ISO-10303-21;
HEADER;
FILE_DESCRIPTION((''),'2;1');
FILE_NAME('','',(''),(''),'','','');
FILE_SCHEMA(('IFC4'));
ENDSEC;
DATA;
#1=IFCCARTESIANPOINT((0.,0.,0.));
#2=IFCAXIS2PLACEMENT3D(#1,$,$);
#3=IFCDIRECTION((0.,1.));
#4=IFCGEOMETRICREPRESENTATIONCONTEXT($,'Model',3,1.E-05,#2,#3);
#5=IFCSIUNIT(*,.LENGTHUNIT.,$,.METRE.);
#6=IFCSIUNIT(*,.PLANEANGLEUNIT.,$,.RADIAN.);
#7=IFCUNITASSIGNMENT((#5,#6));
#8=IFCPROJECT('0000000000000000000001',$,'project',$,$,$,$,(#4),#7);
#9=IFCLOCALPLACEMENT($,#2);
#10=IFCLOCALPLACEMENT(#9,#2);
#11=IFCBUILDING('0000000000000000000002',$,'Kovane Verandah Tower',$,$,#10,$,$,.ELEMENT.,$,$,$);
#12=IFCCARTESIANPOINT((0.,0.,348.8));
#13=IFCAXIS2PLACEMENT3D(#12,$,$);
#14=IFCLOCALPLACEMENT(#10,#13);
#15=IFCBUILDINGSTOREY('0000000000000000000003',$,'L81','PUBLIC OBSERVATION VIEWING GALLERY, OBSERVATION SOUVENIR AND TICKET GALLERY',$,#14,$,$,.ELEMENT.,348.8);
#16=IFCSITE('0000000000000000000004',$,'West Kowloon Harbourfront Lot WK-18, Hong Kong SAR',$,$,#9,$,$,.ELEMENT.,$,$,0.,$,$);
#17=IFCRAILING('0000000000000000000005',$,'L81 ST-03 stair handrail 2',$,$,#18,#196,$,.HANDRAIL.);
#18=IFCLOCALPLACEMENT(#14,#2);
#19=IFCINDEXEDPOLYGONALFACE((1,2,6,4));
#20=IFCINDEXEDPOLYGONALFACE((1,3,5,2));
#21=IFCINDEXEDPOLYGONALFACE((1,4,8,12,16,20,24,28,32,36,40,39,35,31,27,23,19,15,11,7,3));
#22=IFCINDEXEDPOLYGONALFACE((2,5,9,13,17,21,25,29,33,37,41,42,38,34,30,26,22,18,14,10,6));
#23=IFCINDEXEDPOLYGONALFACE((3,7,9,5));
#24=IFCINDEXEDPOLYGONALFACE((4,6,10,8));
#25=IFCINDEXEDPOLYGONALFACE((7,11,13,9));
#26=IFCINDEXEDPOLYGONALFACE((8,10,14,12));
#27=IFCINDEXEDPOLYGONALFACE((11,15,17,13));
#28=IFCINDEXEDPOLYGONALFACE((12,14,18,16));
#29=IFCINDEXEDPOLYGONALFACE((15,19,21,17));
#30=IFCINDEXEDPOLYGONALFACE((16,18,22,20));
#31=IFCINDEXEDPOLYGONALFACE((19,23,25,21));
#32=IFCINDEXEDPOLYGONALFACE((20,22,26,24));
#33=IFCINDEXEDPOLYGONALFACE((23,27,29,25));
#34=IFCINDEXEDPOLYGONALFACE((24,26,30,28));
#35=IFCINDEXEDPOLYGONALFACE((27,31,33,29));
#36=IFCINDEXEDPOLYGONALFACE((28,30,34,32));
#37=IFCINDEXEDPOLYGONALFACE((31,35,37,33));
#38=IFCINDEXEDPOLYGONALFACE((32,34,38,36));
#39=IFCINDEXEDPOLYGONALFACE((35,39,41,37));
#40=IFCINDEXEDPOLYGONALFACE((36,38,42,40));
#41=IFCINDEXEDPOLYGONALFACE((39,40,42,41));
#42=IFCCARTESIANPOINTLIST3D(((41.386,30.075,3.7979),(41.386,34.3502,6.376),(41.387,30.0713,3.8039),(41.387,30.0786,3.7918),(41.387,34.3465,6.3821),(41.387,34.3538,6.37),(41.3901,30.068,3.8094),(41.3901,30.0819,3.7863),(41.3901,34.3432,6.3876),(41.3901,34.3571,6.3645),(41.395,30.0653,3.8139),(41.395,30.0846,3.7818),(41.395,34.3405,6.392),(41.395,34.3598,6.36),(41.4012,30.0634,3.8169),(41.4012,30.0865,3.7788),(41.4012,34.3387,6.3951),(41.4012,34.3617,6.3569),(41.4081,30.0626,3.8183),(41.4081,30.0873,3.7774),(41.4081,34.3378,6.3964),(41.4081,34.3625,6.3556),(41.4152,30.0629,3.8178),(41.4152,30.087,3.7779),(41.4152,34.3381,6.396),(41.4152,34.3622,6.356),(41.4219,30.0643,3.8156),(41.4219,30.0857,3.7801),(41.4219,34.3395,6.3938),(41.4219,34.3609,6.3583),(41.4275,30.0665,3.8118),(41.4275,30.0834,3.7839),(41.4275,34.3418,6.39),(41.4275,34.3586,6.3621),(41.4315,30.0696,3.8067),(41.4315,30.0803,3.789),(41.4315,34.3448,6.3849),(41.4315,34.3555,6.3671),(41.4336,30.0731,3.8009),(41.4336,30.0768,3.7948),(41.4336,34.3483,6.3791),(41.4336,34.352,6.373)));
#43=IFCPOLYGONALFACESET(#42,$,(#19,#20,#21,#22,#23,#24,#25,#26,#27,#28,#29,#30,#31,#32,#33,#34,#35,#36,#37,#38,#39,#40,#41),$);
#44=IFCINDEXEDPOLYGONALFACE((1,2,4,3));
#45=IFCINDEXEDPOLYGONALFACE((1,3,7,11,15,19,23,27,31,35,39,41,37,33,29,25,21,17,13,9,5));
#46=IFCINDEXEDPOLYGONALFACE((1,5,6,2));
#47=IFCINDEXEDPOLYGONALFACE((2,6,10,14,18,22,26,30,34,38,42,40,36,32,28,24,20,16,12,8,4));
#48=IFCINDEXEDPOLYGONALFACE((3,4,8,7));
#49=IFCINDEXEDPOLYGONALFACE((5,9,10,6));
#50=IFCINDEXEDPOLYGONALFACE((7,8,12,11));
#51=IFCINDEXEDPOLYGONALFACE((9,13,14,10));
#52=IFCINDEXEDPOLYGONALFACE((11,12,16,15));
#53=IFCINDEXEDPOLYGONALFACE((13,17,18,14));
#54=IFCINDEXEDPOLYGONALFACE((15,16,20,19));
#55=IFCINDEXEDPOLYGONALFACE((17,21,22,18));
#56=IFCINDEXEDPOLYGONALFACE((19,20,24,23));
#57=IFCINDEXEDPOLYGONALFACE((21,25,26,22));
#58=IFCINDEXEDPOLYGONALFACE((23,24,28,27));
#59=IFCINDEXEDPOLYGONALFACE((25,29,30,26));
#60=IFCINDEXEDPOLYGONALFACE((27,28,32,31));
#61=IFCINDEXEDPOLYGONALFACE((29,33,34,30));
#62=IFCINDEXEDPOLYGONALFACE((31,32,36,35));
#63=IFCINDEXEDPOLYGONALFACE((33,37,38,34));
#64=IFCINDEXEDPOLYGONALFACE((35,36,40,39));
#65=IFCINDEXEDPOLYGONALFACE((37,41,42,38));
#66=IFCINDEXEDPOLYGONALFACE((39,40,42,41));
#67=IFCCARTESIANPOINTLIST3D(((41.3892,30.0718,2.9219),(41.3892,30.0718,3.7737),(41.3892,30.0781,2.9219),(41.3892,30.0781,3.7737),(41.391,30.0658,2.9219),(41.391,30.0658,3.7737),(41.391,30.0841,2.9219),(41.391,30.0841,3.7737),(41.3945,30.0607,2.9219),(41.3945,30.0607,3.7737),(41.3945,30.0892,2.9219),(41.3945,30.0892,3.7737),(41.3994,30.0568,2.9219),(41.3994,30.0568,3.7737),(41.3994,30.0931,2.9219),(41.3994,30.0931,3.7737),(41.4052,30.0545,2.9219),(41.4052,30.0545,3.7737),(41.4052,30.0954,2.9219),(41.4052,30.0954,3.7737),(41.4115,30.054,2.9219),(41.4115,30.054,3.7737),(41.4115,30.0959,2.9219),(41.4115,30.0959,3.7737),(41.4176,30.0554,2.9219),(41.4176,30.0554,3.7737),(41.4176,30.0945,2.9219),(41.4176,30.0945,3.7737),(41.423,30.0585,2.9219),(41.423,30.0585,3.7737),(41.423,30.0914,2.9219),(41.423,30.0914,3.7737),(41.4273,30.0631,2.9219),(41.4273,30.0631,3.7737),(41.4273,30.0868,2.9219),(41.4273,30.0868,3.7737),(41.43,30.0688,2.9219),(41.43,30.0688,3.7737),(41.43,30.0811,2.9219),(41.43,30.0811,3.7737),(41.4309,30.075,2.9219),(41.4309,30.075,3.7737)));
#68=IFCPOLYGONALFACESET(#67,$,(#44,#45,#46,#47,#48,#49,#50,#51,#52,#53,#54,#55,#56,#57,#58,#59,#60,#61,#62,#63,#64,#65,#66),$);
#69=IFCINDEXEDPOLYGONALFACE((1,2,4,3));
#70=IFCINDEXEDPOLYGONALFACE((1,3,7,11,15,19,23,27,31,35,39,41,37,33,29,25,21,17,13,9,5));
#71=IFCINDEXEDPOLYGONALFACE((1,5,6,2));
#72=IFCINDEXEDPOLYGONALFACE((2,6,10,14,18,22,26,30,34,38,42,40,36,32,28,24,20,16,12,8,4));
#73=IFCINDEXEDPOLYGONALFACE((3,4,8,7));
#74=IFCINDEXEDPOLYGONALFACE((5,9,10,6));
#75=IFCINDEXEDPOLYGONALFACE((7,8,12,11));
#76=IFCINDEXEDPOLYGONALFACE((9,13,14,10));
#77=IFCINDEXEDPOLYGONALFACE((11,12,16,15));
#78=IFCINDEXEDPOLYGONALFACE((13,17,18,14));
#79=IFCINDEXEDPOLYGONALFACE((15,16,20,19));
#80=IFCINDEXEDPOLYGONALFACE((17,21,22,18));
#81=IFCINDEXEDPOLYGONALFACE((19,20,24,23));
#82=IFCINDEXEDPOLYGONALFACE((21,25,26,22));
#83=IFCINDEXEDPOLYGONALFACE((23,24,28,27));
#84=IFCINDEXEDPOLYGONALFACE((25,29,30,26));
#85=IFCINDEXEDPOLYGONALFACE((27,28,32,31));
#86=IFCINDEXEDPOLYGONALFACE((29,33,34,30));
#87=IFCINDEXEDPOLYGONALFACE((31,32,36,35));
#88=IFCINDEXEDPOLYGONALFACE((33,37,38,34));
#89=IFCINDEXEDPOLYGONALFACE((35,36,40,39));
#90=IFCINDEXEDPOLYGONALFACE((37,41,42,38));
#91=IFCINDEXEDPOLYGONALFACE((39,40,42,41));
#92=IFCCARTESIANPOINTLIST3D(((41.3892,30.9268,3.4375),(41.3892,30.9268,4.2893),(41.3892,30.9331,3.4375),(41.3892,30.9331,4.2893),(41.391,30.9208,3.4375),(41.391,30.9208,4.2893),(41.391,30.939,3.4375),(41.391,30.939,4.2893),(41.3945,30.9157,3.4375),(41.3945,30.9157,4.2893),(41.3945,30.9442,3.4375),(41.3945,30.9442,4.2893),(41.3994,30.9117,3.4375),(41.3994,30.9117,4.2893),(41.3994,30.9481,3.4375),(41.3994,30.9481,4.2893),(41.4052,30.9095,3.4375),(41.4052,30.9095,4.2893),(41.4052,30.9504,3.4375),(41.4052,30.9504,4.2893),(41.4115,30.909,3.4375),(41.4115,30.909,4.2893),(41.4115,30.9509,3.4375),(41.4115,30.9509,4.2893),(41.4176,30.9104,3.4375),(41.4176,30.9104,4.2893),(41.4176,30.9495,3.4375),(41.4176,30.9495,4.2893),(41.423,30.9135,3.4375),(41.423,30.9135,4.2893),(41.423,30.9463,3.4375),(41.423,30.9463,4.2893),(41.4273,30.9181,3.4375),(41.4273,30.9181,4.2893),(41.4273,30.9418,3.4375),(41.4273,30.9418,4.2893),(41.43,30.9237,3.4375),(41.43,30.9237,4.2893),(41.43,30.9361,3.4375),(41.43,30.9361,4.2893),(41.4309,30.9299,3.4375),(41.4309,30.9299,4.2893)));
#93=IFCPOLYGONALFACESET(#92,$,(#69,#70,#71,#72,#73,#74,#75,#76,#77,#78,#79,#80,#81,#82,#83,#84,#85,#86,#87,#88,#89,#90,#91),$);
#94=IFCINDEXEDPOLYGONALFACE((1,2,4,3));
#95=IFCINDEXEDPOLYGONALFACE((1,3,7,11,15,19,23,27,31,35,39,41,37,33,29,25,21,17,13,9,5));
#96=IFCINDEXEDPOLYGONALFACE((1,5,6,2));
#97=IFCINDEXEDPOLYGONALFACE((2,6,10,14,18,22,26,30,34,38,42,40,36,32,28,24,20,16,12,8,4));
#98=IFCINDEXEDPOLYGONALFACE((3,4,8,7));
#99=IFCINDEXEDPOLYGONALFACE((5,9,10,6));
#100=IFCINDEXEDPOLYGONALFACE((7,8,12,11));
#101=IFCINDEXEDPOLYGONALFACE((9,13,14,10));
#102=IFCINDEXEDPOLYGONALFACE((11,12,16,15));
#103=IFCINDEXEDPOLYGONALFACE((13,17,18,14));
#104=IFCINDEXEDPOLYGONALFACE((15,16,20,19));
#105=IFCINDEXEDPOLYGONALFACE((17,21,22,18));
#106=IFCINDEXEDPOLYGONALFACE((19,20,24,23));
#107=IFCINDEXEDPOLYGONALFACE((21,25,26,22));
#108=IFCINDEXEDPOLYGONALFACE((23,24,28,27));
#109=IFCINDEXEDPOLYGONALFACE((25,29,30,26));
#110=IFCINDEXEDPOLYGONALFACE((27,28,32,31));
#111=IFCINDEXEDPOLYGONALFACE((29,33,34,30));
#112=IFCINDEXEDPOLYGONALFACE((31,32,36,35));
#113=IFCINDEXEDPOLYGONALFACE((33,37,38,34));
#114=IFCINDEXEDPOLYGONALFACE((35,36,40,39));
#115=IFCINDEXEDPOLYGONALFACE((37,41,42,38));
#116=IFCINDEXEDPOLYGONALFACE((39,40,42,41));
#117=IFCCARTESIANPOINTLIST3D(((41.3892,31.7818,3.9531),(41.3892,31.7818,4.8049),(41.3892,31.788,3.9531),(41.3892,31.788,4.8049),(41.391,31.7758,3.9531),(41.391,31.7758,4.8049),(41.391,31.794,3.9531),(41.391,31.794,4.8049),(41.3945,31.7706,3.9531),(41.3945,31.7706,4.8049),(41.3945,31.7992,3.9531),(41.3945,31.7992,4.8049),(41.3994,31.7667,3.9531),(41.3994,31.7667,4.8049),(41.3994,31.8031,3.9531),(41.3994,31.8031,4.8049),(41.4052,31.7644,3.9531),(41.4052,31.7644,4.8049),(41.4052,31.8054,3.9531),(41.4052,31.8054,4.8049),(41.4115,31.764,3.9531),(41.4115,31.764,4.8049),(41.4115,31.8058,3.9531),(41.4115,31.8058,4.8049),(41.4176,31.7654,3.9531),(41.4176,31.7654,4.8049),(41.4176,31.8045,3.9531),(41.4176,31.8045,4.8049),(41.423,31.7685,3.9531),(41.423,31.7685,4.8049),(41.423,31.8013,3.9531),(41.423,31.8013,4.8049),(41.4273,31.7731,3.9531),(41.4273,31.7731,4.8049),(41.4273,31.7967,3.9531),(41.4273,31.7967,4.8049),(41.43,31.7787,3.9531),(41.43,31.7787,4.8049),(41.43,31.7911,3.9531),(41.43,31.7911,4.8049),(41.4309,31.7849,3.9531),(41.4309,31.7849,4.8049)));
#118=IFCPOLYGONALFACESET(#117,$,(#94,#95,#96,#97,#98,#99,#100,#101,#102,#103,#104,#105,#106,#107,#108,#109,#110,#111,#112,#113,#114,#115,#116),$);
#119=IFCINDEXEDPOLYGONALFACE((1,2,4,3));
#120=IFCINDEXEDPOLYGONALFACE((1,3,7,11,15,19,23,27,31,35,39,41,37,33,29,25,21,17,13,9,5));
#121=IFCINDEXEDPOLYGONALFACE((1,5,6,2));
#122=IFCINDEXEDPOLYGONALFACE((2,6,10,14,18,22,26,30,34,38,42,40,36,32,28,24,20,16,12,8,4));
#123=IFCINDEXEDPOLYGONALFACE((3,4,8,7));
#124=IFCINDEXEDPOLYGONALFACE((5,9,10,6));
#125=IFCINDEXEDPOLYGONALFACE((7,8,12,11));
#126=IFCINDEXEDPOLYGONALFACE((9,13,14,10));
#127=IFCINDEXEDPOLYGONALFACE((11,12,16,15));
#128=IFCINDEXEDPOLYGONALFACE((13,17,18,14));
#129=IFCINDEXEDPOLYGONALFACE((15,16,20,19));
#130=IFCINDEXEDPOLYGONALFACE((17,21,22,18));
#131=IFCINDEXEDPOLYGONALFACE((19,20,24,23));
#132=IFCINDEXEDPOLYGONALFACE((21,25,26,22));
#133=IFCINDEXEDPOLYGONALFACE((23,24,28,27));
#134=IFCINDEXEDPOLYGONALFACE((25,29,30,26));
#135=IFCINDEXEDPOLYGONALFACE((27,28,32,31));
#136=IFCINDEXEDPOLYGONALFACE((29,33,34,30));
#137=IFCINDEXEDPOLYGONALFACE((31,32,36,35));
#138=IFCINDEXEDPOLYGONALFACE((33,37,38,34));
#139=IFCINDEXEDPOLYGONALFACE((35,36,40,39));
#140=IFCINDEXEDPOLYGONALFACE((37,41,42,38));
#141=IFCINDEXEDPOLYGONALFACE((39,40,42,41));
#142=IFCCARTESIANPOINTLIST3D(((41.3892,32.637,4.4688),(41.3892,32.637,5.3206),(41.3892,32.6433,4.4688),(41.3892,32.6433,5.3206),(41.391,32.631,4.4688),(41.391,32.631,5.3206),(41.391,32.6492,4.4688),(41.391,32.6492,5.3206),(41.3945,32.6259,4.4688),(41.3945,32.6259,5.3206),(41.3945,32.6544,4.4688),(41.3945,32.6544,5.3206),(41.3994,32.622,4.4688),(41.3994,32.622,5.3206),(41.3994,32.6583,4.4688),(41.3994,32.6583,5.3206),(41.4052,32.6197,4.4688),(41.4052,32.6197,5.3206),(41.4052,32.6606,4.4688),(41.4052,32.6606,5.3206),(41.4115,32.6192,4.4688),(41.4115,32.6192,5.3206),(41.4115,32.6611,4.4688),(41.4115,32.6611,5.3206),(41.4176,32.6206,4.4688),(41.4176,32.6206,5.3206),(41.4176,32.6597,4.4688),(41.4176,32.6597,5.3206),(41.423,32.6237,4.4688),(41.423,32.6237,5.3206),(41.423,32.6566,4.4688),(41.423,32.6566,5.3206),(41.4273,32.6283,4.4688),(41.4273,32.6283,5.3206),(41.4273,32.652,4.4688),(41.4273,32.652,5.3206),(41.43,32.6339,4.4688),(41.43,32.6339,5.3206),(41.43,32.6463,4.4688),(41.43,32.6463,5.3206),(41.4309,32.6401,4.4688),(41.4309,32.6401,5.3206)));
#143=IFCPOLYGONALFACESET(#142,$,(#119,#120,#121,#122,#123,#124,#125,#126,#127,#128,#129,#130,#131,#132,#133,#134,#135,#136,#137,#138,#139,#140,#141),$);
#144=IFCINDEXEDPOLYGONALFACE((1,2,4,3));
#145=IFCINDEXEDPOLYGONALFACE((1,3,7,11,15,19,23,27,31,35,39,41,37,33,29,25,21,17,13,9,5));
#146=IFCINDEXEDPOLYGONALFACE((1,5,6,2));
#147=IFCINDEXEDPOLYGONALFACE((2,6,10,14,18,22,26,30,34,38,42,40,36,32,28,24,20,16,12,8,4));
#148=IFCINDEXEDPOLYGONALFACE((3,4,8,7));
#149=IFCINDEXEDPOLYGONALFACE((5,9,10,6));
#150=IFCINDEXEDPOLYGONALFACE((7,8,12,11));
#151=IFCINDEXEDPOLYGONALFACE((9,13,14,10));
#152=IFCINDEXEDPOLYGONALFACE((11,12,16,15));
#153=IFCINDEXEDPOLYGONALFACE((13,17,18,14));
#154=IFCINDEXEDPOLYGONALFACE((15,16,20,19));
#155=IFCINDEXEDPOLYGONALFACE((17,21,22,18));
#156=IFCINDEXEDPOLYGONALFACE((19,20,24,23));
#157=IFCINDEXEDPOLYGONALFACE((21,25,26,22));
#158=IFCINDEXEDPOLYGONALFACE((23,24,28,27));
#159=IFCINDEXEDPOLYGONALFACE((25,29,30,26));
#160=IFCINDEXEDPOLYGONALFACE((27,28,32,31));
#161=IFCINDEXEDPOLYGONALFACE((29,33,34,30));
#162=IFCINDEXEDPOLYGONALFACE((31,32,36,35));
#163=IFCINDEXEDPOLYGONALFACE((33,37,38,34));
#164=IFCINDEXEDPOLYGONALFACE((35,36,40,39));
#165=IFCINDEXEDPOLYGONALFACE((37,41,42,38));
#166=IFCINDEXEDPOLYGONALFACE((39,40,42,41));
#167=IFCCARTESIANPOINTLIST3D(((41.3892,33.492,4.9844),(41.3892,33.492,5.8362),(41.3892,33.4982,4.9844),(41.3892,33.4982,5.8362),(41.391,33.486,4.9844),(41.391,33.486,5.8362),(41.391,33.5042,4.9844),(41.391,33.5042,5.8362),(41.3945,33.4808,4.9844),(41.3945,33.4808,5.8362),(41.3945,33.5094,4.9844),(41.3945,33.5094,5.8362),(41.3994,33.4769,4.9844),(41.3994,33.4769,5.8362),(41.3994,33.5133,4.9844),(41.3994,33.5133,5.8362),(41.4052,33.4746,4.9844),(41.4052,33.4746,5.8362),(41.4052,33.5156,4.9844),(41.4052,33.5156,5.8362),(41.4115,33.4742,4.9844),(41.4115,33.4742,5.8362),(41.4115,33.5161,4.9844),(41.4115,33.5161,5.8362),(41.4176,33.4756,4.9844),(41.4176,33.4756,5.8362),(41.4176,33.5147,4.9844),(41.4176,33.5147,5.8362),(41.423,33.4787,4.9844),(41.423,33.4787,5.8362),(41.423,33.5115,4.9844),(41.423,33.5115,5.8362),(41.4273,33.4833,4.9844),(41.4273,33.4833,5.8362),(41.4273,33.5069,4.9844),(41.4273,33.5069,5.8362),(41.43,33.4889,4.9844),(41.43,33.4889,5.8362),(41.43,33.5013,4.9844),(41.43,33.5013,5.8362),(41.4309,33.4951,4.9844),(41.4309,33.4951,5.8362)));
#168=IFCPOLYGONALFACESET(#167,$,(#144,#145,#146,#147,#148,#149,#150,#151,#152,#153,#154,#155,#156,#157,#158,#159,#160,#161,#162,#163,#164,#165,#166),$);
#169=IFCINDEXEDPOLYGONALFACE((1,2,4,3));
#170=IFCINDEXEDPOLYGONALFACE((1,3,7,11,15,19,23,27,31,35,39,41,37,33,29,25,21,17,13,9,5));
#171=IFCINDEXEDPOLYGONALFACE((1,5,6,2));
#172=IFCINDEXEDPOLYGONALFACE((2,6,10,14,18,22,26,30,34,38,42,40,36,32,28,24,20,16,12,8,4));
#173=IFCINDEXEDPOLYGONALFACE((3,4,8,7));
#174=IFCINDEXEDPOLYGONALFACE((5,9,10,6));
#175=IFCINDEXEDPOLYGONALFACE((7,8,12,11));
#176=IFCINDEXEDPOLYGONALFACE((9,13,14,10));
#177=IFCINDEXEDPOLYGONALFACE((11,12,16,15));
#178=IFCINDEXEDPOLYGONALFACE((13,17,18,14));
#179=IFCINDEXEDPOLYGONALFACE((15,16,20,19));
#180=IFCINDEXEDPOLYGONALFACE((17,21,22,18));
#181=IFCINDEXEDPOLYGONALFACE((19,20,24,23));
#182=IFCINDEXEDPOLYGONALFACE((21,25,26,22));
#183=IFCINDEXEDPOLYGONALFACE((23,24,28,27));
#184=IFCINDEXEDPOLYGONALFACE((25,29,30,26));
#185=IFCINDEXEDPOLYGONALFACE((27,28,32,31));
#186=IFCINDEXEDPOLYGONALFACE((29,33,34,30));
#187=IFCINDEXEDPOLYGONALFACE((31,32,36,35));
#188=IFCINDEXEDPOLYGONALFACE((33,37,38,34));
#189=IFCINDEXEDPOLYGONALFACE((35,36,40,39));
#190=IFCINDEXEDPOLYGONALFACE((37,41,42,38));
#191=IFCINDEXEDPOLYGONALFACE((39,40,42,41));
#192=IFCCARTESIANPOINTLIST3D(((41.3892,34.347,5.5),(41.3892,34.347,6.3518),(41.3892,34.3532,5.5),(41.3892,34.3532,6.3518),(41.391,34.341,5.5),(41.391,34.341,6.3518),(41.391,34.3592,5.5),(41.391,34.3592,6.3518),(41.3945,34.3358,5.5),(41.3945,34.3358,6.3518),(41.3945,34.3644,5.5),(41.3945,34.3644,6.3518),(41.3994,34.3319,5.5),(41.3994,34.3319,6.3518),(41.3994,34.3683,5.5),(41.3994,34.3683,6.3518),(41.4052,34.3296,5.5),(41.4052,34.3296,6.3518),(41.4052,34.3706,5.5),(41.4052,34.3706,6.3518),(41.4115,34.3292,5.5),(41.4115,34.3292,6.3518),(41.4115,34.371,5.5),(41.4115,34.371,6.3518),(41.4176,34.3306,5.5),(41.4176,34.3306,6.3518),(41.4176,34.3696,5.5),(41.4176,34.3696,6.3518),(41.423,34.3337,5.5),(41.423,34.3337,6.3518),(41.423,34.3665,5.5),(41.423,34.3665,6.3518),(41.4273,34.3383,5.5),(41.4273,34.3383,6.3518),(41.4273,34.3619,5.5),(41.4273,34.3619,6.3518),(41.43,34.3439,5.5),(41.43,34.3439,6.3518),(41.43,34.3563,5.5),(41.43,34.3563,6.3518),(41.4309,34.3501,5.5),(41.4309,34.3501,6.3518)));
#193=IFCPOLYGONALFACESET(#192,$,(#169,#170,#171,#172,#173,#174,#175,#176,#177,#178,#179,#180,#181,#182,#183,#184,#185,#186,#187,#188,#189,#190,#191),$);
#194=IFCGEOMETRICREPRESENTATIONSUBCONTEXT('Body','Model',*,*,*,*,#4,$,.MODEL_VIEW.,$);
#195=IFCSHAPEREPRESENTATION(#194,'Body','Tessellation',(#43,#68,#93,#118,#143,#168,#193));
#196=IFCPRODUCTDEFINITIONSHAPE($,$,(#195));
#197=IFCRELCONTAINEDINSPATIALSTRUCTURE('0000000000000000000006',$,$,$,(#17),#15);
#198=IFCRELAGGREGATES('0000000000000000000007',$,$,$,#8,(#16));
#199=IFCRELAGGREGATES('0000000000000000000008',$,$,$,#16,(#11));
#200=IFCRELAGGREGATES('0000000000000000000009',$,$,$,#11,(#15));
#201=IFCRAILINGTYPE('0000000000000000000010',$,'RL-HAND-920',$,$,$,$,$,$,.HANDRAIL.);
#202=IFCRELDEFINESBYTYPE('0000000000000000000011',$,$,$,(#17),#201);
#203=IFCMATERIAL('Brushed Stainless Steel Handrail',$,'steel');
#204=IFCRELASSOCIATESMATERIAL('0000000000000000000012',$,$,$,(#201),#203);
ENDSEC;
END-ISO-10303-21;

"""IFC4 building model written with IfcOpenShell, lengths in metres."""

from ifc_helpers import new_model, si_unit, direction, frame, origin, origin_2d, place, context, subcontext, project, spatial, circle, extrude, material, type_object, element, save


model = new_model("IFC4")

# Units and contexts
model_context = context("Model", 3, precision=1e-05, world=origin(), true_north=direction((0.0, 1.0)))
body_context = subcontext(model_context, "Body", "Model", "MODEL_VIEW")
ifc_project = project(units=[si_unit("LENGTHUNIT", "METRE"), si_unit("PLANEANGLEUNIT", "RADIAN")], contexts=[model_context])

# Site, building, storey
site_placement = place(None, origin())
site = spatial("IfcSite", under=ifc_project, at=site_placement, Name="West Kowloon Harbourfront Lot WK-18, Hong Kong SAR", CompositionType="ELEMENT", RefElevation=0.0)
building_placement = place(site_placement, origin())
building = spatial("IfcBuilding", under=site, at=building_placement, Name="Kovane Verandah Tower", CompositionType="ELEMENT")
storey_placement = place(building_placement, frame((0.0, 0.0, 348.8)))
storey = spatial("IfcBuildingStorey", under=building, at=storey_placement, Name="L81", Description="PUBLIC OBSERVATION VIEWING GALLERY, OBSERVATION SOUVENIR AND TICKET GALLERY", CompositionType="ELEMENT", Elevation=348.8)

# Railing
ifc_material_1 = material(Name="Brushed Stainless Steel Handrail", Category="steel")
railing_type_1 = type_object("IfcRailingType", Name="RL-HAND-920", PredefinedType="HANDRAIL", material=ifc_material_1)
railing_1_placement = place(storey_placement, frame((41.4099, 30.075, 2.9219)))
element("IfcRailing", 1, at=railing_1_placement, inside=storey, type_object=railing_type_1, Name="L81 ST-03 stair handrail 2", PredefinedType="HANDRAIL", context=body_context, shape_type="SweptSolid", body=[
    extrude(circle(Radius=0.0239, at=origin_2d()), frame((0.0, 0.0, 0.876), z_axis=(0.0, 0.856339, 0.516415), x_axis=(-1.0, 0.0, 0.0)), (0.0, 0.0, 1.0), 4.9924),
    extrude(circle(Radius=0.021, at=origin_2d()), origin(), (0.0, 0.0, 1.0), 0.8518),
    extrude(circle(Radius=0.021, at=origin_2d()), frame((0.0, 0.855, 0.5156)), (0.0, 0.0, 1.0), 0.8518),
    extrude(circle(Radius=0.021, at=origin_2d()), frame((0.0, 1.71, 1.0312)), (0.0, 0.0, 1.0), 0.8518),
    extrude(circle(Radius=0.021, at=origin_2d()), frame((0.0, 2.5652, 1.5469)), (0.0, 0.0, 1.0), 0.8518),
    extrude(circle(Radius=0.021, at=origin_2d()), frame((0.0, 3.4202, 2.0625)), (0.0, 0.0, 1.0), 0.8518),
    extrude(circle(Radius=0.021, at=origin_2d()), frame((0.0, 4.2751, 2.5781)), (0.0, 0.0, 1.0), 0.8518),
])

save(model, "model.ifc")
